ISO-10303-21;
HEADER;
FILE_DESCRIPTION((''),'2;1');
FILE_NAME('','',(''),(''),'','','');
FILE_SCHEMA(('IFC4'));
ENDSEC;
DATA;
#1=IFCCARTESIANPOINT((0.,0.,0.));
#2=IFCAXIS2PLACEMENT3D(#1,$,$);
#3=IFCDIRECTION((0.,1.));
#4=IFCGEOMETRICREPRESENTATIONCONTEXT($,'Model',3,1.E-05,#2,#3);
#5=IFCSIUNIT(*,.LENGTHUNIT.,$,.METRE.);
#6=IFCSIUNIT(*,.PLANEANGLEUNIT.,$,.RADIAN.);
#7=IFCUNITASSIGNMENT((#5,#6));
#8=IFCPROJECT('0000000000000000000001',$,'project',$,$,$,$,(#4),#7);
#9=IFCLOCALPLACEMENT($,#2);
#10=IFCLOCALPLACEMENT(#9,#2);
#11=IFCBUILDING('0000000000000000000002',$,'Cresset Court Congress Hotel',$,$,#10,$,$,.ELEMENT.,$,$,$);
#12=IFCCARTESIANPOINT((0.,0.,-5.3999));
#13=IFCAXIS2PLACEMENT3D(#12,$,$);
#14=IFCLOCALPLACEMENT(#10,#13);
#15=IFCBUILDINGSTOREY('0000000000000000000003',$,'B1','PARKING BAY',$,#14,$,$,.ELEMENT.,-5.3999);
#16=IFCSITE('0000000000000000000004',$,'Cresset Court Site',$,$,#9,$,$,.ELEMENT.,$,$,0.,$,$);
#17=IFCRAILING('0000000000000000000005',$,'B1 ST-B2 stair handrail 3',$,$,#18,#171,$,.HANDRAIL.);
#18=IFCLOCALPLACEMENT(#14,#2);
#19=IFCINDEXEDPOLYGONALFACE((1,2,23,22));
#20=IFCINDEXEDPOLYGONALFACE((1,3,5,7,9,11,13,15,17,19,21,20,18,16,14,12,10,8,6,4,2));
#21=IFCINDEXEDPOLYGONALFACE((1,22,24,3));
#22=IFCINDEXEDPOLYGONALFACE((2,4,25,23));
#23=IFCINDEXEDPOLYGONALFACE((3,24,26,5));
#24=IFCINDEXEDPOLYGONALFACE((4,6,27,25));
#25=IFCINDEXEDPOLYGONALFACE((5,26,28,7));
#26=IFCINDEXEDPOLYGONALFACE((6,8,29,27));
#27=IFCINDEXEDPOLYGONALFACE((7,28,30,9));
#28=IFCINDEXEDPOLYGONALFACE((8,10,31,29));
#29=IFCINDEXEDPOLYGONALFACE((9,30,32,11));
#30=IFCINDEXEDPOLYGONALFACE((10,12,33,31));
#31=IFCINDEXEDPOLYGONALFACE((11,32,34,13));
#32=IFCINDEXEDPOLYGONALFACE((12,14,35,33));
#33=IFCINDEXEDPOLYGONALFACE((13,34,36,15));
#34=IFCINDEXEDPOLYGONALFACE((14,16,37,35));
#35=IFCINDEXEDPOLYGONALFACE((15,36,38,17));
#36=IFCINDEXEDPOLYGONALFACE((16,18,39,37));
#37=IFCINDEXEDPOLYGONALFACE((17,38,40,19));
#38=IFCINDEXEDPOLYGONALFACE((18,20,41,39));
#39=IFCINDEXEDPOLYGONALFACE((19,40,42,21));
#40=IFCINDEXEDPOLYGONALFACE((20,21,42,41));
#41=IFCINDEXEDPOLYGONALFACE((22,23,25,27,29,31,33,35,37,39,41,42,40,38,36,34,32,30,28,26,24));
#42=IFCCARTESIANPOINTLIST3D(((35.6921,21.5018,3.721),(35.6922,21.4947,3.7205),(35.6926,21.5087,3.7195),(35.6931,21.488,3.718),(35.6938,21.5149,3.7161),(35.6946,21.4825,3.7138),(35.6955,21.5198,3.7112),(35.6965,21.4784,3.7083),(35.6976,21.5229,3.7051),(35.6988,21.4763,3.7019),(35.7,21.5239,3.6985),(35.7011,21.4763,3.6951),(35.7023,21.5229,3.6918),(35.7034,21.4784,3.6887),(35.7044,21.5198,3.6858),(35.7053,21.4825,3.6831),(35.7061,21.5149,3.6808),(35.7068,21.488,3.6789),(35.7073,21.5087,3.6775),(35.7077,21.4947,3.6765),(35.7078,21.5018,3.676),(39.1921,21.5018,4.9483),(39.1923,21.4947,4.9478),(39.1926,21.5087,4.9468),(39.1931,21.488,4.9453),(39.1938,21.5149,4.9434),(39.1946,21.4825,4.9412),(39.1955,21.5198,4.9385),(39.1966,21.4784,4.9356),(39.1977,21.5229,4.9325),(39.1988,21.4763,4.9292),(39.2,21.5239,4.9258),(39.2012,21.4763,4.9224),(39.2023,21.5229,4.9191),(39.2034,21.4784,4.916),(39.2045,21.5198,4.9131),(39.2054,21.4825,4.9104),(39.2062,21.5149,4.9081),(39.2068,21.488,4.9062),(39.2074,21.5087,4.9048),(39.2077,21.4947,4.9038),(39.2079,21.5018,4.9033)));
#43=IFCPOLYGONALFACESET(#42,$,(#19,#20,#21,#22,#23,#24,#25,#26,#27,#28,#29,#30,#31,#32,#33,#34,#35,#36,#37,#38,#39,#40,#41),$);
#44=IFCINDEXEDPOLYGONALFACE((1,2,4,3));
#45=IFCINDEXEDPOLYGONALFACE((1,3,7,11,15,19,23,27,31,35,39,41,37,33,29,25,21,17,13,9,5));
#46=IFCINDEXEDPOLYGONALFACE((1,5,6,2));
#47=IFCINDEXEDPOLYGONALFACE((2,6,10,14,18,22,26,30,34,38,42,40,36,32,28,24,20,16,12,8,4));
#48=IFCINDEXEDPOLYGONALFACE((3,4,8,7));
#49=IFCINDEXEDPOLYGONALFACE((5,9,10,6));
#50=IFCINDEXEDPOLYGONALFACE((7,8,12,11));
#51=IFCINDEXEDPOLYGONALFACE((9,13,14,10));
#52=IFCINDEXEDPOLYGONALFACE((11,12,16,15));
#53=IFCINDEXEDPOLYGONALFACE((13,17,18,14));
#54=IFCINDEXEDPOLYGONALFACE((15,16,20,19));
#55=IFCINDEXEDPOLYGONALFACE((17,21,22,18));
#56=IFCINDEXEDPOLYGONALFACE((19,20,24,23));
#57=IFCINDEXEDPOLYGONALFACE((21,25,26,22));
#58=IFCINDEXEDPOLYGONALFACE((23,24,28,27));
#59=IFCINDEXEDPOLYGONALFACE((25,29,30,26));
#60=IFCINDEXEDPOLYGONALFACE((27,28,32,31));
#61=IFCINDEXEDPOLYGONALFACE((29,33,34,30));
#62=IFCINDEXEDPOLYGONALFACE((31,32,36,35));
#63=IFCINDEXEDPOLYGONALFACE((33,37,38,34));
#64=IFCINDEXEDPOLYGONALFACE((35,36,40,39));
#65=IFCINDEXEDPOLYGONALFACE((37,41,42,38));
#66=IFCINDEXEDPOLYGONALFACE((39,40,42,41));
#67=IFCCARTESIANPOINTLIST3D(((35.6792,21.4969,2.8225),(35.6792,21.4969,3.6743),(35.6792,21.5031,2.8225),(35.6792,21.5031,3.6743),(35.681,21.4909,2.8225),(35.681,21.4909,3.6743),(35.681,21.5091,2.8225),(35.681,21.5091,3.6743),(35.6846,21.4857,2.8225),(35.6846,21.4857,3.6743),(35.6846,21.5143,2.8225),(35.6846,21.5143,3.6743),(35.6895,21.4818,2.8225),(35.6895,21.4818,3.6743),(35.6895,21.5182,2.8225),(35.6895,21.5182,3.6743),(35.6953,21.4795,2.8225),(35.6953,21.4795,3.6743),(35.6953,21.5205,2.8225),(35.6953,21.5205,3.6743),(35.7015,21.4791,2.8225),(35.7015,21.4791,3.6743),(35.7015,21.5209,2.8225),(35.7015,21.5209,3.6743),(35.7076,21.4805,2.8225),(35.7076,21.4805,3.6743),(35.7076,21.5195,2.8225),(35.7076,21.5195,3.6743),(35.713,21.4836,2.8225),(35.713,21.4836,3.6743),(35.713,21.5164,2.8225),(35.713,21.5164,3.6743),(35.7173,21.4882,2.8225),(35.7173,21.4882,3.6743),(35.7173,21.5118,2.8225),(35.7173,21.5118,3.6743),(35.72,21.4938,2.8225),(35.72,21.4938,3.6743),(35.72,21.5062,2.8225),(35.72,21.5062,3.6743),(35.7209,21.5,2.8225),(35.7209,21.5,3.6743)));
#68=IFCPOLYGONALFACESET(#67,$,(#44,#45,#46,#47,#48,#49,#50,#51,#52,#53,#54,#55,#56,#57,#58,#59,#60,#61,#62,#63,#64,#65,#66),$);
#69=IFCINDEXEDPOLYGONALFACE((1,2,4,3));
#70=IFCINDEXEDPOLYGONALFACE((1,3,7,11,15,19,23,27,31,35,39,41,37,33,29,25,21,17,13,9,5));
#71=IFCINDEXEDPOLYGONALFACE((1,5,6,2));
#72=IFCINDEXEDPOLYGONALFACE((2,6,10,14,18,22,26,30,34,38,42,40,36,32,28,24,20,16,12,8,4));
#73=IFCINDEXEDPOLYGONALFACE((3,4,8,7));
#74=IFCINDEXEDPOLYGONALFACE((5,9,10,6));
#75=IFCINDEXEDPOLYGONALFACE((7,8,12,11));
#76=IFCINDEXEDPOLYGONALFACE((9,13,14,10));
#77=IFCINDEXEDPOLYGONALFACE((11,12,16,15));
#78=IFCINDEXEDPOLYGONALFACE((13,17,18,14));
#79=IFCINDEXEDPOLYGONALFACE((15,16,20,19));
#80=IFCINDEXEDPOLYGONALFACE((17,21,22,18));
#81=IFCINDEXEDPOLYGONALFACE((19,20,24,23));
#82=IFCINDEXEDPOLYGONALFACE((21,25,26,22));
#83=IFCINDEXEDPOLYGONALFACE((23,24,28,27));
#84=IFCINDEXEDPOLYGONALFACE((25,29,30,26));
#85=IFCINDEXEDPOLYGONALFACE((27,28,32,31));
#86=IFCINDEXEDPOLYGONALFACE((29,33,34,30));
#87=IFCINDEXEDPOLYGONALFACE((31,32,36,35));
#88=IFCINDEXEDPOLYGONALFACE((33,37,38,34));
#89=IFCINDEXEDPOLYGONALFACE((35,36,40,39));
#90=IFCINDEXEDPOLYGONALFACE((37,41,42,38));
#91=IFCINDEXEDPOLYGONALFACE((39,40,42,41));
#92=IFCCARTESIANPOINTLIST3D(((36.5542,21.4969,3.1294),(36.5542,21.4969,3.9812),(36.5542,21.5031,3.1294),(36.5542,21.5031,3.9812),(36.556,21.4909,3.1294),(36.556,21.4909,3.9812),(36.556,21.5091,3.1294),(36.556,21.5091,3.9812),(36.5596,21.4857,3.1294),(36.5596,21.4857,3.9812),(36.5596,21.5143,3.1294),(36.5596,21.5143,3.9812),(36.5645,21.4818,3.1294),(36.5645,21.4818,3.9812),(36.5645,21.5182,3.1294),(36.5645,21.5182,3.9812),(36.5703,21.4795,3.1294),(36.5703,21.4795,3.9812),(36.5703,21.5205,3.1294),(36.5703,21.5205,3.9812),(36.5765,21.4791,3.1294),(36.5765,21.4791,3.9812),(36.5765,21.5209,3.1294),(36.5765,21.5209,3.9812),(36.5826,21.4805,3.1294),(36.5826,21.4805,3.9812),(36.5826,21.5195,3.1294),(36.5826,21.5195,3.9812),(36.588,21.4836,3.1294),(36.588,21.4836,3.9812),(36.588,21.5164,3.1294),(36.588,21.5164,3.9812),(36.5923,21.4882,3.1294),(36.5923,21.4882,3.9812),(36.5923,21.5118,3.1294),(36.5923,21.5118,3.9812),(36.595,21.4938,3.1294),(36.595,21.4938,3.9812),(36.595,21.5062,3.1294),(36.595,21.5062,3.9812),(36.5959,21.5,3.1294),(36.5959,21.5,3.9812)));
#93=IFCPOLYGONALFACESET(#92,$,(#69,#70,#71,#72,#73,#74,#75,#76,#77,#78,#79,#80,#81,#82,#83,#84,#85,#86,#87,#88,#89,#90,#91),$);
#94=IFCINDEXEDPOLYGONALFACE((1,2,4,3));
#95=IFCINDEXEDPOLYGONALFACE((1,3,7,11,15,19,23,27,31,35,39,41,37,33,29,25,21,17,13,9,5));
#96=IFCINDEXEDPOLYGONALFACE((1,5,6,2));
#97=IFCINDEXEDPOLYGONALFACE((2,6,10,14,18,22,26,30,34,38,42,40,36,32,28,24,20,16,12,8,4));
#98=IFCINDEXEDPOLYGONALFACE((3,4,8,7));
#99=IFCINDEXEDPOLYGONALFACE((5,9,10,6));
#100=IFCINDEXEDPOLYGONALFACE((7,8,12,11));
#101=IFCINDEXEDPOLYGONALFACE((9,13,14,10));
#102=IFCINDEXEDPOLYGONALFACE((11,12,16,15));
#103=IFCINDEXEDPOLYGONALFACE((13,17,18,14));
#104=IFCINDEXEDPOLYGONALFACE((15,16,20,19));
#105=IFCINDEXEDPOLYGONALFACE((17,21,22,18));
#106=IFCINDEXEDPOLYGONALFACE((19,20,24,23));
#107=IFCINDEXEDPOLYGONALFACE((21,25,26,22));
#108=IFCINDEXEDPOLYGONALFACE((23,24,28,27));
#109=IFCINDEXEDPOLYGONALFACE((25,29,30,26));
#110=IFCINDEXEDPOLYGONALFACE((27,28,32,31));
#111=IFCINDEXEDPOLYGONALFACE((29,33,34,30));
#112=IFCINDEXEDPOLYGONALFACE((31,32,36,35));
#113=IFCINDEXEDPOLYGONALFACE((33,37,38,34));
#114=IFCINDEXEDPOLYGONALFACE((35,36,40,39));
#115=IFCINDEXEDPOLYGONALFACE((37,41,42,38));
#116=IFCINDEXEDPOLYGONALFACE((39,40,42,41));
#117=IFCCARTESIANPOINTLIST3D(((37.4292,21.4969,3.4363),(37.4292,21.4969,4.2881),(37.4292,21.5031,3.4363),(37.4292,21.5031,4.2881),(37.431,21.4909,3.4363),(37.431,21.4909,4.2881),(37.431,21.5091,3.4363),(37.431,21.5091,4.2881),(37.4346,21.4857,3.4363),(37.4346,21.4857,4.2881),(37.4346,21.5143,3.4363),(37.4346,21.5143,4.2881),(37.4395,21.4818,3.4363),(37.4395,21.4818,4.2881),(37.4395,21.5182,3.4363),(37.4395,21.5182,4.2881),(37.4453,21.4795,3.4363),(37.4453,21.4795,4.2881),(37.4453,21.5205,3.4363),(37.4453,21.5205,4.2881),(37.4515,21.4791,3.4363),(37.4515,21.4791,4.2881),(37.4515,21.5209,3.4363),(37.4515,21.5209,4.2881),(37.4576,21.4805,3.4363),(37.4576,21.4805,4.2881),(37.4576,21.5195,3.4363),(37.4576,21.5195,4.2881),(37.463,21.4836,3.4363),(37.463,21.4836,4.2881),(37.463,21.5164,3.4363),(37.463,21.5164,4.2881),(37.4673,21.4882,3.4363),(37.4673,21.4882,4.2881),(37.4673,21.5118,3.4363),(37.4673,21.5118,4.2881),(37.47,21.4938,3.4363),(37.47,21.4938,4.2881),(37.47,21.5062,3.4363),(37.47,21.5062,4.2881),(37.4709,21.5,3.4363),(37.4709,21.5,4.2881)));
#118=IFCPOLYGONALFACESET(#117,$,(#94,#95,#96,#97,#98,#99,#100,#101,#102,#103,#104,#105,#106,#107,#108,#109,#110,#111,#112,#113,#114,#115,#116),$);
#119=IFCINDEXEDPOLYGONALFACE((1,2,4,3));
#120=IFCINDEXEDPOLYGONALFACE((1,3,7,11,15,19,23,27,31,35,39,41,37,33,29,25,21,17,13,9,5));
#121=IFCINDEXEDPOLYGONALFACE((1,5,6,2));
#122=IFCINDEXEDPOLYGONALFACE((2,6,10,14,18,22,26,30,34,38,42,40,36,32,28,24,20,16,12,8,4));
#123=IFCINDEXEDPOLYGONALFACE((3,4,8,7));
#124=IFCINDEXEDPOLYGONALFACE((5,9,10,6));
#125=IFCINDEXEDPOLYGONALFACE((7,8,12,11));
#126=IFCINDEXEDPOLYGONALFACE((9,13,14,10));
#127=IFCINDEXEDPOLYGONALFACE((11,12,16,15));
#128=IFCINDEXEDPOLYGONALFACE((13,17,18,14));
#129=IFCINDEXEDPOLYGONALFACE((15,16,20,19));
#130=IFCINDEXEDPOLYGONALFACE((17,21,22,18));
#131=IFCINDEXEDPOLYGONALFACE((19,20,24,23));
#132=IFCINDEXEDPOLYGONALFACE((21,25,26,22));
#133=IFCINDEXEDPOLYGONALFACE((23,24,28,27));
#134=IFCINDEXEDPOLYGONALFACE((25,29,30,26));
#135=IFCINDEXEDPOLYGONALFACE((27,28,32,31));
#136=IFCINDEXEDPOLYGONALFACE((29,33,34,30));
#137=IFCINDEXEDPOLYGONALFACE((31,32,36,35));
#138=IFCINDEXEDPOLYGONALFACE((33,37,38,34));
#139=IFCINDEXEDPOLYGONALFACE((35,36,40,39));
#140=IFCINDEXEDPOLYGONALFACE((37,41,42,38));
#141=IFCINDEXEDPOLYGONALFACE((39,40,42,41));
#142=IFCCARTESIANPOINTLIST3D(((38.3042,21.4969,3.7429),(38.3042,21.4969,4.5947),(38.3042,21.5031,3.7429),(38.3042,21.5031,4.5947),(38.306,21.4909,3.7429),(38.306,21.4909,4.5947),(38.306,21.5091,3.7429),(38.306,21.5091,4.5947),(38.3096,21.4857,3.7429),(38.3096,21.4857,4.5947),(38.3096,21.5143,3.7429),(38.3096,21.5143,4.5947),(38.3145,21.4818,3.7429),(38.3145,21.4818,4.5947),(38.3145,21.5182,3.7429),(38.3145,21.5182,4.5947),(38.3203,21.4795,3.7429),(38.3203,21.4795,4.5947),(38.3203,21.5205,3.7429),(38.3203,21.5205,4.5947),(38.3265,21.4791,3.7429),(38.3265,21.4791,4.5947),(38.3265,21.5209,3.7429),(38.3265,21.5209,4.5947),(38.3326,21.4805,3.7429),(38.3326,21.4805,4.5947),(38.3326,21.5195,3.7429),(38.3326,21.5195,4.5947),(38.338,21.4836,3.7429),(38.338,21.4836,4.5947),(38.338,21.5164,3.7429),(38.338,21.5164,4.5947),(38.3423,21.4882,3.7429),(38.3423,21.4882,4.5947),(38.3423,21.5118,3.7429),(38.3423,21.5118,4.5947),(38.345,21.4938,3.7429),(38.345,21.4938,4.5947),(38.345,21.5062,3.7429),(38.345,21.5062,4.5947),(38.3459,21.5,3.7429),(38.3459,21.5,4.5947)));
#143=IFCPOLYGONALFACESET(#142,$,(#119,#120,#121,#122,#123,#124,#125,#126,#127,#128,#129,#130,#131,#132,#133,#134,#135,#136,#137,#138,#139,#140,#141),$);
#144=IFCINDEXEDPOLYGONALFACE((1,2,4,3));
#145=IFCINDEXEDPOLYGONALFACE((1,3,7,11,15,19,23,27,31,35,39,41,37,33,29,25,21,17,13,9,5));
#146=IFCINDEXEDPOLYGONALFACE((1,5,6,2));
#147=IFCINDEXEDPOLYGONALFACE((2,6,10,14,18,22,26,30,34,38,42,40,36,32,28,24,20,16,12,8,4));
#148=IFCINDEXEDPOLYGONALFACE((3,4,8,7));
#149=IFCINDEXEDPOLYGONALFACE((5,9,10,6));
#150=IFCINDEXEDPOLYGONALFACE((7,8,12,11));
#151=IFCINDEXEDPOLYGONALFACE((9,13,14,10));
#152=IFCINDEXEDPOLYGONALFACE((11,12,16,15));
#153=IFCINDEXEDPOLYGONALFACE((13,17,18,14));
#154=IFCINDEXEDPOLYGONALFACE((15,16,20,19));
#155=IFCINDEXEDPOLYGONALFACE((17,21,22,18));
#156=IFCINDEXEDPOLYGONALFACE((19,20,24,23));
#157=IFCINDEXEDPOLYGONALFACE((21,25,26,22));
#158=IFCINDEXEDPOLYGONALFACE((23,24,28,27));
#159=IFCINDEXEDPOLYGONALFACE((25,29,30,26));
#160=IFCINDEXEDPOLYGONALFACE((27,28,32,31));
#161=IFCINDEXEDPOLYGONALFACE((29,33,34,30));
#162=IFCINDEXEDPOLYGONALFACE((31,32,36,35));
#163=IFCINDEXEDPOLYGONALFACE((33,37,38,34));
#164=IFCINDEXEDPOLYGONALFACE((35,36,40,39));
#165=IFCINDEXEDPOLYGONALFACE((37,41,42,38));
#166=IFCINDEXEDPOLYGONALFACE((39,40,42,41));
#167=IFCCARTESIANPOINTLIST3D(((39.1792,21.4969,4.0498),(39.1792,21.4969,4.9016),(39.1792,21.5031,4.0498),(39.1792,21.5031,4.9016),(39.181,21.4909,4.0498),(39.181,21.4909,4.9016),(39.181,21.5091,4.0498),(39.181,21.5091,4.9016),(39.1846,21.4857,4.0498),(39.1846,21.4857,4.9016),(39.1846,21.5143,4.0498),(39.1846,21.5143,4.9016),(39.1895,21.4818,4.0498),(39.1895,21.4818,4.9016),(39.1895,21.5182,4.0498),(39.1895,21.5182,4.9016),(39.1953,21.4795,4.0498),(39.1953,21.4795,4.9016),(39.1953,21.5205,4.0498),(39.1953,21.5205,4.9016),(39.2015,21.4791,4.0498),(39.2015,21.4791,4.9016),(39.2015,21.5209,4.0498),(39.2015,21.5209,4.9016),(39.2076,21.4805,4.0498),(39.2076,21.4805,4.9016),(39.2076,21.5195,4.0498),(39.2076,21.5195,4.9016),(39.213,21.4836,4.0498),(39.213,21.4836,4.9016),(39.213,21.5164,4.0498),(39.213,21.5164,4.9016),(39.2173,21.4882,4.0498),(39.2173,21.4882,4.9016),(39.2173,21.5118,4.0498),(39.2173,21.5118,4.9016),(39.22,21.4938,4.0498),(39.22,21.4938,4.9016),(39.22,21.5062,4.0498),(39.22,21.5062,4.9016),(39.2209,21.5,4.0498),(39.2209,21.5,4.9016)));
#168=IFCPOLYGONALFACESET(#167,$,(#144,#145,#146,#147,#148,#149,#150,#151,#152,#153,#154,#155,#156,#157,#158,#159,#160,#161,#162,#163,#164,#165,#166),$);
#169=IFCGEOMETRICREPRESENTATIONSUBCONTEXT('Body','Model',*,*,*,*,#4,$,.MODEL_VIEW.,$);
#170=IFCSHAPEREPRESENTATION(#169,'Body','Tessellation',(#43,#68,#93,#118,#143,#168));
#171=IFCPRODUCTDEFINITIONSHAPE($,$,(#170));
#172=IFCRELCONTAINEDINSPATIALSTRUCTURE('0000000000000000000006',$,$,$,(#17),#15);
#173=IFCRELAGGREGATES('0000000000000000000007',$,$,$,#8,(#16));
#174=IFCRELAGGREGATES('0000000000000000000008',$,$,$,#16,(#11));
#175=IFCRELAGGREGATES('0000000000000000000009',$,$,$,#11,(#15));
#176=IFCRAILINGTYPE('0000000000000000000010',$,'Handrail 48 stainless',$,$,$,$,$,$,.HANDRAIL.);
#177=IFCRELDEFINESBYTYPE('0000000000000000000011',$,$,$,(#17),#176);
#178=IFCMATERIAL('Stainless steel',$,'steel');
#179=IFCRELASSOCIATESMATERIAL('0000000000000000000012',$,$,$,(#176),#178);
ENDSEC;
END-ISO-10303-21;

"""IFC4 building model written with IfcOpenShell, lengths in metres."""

from ifc_helpers import new_model, si_unit, direction, frame, origin, origin_2d, place, context, subcontext, project, spatial, circle, extrude, material, type_object, element, save


model = new_model("IFC4")

# Units and contexts
model_context = context("Model", 3, precision=1e-05, world=origin(), true_north=direction((0.0, 1.0)))
body_context = subcontext(model_context, "Body", "Model", "MODEL_VIEW")
ifc_project = project(units=[si_unit("LENGTHUNIT", "METRE"), si_unit("PLANEANGLEUNIT", "RADIAN")], contexts=[model_context])

# Site, building, storey
site_placement = place(None, origin())
site = spatial("IfcSite", under=ifc_project, at=site_placement, Name="Cresset Court Site", CompositionType="ELEMENT", RefElevation=0.0)
building_placement = place(site_placement, origin())
building = spatial("IfcBuilding", under=site, at=building_placement, Name="Cresset Court Congress Hotel", CompositionType="ELEMENT")
storey_placement = place(building_placement, frame((0.0, 0.0, -5.3999)))
storey = spatial("IfcBuildingStorey", under=building, at=storey_placement, Name="B1", Description="PARKING BAY", CompositionType="ELEMENT", Elevation=-5.3999)

# Railing
ifc_material_1 = material(Name="Stainless steel", Category="steel")
railing_type_1 = type_object("IfcRailingType", Name="Handrail 48 stainless", PredefinedType="HANDRAIL", material=ifc_material_1)
railing_1_placement = place(storey_placement, frame((35.7, 21.5, 2.8225)))
element("IfcRailing", 1, at=railing_1_placement, inside=storey, type_object=railing_type_1, Name="B1 ST-B2 stair handrail 3", PredefinedType="HANDRAIL", context=body_context, shape_type="SweptSolid", body=[
    extrude(circle(Radius=0.0239, at=origin_2d()), frame((0.0, 0.0, 0.876), z_axis=(0.943665, 0.0, 0.330902), x_axis=(0.0, 1.0, 0.0)), (0.0, 0.0, 1.0), 3.709),
    extrude(circle(Radius=0.021, at=origin_2d()), origin(), (0.0, 0.0, 1.0), 0.8518),
    extrude(circle(Radius=0.021, at=origin_2d()), frame((0.875, 0.0, 0.3069)), (0.0, 0.0, 1.0), 0.8518),
    extrude(circle(Radius=0.021, at=origin_2d()), frame((1.75, 0.0, 0.6138)), (0.0, 0.0, 1.0), 0.8518),
    extrude(circle(Radius=0.021, at=origin_2d()), frame((2.625, 0.0, 0.9204)), (0.0, 0.0, 1.0), 0.8518),
    extrude(circle(Radius=0.021, at=origin_2d()), frame((3.5, 0.0, 1.2273)), (0.0, 0.0, 1.0), 0.8518),
])

save(model, "model.ifc")
